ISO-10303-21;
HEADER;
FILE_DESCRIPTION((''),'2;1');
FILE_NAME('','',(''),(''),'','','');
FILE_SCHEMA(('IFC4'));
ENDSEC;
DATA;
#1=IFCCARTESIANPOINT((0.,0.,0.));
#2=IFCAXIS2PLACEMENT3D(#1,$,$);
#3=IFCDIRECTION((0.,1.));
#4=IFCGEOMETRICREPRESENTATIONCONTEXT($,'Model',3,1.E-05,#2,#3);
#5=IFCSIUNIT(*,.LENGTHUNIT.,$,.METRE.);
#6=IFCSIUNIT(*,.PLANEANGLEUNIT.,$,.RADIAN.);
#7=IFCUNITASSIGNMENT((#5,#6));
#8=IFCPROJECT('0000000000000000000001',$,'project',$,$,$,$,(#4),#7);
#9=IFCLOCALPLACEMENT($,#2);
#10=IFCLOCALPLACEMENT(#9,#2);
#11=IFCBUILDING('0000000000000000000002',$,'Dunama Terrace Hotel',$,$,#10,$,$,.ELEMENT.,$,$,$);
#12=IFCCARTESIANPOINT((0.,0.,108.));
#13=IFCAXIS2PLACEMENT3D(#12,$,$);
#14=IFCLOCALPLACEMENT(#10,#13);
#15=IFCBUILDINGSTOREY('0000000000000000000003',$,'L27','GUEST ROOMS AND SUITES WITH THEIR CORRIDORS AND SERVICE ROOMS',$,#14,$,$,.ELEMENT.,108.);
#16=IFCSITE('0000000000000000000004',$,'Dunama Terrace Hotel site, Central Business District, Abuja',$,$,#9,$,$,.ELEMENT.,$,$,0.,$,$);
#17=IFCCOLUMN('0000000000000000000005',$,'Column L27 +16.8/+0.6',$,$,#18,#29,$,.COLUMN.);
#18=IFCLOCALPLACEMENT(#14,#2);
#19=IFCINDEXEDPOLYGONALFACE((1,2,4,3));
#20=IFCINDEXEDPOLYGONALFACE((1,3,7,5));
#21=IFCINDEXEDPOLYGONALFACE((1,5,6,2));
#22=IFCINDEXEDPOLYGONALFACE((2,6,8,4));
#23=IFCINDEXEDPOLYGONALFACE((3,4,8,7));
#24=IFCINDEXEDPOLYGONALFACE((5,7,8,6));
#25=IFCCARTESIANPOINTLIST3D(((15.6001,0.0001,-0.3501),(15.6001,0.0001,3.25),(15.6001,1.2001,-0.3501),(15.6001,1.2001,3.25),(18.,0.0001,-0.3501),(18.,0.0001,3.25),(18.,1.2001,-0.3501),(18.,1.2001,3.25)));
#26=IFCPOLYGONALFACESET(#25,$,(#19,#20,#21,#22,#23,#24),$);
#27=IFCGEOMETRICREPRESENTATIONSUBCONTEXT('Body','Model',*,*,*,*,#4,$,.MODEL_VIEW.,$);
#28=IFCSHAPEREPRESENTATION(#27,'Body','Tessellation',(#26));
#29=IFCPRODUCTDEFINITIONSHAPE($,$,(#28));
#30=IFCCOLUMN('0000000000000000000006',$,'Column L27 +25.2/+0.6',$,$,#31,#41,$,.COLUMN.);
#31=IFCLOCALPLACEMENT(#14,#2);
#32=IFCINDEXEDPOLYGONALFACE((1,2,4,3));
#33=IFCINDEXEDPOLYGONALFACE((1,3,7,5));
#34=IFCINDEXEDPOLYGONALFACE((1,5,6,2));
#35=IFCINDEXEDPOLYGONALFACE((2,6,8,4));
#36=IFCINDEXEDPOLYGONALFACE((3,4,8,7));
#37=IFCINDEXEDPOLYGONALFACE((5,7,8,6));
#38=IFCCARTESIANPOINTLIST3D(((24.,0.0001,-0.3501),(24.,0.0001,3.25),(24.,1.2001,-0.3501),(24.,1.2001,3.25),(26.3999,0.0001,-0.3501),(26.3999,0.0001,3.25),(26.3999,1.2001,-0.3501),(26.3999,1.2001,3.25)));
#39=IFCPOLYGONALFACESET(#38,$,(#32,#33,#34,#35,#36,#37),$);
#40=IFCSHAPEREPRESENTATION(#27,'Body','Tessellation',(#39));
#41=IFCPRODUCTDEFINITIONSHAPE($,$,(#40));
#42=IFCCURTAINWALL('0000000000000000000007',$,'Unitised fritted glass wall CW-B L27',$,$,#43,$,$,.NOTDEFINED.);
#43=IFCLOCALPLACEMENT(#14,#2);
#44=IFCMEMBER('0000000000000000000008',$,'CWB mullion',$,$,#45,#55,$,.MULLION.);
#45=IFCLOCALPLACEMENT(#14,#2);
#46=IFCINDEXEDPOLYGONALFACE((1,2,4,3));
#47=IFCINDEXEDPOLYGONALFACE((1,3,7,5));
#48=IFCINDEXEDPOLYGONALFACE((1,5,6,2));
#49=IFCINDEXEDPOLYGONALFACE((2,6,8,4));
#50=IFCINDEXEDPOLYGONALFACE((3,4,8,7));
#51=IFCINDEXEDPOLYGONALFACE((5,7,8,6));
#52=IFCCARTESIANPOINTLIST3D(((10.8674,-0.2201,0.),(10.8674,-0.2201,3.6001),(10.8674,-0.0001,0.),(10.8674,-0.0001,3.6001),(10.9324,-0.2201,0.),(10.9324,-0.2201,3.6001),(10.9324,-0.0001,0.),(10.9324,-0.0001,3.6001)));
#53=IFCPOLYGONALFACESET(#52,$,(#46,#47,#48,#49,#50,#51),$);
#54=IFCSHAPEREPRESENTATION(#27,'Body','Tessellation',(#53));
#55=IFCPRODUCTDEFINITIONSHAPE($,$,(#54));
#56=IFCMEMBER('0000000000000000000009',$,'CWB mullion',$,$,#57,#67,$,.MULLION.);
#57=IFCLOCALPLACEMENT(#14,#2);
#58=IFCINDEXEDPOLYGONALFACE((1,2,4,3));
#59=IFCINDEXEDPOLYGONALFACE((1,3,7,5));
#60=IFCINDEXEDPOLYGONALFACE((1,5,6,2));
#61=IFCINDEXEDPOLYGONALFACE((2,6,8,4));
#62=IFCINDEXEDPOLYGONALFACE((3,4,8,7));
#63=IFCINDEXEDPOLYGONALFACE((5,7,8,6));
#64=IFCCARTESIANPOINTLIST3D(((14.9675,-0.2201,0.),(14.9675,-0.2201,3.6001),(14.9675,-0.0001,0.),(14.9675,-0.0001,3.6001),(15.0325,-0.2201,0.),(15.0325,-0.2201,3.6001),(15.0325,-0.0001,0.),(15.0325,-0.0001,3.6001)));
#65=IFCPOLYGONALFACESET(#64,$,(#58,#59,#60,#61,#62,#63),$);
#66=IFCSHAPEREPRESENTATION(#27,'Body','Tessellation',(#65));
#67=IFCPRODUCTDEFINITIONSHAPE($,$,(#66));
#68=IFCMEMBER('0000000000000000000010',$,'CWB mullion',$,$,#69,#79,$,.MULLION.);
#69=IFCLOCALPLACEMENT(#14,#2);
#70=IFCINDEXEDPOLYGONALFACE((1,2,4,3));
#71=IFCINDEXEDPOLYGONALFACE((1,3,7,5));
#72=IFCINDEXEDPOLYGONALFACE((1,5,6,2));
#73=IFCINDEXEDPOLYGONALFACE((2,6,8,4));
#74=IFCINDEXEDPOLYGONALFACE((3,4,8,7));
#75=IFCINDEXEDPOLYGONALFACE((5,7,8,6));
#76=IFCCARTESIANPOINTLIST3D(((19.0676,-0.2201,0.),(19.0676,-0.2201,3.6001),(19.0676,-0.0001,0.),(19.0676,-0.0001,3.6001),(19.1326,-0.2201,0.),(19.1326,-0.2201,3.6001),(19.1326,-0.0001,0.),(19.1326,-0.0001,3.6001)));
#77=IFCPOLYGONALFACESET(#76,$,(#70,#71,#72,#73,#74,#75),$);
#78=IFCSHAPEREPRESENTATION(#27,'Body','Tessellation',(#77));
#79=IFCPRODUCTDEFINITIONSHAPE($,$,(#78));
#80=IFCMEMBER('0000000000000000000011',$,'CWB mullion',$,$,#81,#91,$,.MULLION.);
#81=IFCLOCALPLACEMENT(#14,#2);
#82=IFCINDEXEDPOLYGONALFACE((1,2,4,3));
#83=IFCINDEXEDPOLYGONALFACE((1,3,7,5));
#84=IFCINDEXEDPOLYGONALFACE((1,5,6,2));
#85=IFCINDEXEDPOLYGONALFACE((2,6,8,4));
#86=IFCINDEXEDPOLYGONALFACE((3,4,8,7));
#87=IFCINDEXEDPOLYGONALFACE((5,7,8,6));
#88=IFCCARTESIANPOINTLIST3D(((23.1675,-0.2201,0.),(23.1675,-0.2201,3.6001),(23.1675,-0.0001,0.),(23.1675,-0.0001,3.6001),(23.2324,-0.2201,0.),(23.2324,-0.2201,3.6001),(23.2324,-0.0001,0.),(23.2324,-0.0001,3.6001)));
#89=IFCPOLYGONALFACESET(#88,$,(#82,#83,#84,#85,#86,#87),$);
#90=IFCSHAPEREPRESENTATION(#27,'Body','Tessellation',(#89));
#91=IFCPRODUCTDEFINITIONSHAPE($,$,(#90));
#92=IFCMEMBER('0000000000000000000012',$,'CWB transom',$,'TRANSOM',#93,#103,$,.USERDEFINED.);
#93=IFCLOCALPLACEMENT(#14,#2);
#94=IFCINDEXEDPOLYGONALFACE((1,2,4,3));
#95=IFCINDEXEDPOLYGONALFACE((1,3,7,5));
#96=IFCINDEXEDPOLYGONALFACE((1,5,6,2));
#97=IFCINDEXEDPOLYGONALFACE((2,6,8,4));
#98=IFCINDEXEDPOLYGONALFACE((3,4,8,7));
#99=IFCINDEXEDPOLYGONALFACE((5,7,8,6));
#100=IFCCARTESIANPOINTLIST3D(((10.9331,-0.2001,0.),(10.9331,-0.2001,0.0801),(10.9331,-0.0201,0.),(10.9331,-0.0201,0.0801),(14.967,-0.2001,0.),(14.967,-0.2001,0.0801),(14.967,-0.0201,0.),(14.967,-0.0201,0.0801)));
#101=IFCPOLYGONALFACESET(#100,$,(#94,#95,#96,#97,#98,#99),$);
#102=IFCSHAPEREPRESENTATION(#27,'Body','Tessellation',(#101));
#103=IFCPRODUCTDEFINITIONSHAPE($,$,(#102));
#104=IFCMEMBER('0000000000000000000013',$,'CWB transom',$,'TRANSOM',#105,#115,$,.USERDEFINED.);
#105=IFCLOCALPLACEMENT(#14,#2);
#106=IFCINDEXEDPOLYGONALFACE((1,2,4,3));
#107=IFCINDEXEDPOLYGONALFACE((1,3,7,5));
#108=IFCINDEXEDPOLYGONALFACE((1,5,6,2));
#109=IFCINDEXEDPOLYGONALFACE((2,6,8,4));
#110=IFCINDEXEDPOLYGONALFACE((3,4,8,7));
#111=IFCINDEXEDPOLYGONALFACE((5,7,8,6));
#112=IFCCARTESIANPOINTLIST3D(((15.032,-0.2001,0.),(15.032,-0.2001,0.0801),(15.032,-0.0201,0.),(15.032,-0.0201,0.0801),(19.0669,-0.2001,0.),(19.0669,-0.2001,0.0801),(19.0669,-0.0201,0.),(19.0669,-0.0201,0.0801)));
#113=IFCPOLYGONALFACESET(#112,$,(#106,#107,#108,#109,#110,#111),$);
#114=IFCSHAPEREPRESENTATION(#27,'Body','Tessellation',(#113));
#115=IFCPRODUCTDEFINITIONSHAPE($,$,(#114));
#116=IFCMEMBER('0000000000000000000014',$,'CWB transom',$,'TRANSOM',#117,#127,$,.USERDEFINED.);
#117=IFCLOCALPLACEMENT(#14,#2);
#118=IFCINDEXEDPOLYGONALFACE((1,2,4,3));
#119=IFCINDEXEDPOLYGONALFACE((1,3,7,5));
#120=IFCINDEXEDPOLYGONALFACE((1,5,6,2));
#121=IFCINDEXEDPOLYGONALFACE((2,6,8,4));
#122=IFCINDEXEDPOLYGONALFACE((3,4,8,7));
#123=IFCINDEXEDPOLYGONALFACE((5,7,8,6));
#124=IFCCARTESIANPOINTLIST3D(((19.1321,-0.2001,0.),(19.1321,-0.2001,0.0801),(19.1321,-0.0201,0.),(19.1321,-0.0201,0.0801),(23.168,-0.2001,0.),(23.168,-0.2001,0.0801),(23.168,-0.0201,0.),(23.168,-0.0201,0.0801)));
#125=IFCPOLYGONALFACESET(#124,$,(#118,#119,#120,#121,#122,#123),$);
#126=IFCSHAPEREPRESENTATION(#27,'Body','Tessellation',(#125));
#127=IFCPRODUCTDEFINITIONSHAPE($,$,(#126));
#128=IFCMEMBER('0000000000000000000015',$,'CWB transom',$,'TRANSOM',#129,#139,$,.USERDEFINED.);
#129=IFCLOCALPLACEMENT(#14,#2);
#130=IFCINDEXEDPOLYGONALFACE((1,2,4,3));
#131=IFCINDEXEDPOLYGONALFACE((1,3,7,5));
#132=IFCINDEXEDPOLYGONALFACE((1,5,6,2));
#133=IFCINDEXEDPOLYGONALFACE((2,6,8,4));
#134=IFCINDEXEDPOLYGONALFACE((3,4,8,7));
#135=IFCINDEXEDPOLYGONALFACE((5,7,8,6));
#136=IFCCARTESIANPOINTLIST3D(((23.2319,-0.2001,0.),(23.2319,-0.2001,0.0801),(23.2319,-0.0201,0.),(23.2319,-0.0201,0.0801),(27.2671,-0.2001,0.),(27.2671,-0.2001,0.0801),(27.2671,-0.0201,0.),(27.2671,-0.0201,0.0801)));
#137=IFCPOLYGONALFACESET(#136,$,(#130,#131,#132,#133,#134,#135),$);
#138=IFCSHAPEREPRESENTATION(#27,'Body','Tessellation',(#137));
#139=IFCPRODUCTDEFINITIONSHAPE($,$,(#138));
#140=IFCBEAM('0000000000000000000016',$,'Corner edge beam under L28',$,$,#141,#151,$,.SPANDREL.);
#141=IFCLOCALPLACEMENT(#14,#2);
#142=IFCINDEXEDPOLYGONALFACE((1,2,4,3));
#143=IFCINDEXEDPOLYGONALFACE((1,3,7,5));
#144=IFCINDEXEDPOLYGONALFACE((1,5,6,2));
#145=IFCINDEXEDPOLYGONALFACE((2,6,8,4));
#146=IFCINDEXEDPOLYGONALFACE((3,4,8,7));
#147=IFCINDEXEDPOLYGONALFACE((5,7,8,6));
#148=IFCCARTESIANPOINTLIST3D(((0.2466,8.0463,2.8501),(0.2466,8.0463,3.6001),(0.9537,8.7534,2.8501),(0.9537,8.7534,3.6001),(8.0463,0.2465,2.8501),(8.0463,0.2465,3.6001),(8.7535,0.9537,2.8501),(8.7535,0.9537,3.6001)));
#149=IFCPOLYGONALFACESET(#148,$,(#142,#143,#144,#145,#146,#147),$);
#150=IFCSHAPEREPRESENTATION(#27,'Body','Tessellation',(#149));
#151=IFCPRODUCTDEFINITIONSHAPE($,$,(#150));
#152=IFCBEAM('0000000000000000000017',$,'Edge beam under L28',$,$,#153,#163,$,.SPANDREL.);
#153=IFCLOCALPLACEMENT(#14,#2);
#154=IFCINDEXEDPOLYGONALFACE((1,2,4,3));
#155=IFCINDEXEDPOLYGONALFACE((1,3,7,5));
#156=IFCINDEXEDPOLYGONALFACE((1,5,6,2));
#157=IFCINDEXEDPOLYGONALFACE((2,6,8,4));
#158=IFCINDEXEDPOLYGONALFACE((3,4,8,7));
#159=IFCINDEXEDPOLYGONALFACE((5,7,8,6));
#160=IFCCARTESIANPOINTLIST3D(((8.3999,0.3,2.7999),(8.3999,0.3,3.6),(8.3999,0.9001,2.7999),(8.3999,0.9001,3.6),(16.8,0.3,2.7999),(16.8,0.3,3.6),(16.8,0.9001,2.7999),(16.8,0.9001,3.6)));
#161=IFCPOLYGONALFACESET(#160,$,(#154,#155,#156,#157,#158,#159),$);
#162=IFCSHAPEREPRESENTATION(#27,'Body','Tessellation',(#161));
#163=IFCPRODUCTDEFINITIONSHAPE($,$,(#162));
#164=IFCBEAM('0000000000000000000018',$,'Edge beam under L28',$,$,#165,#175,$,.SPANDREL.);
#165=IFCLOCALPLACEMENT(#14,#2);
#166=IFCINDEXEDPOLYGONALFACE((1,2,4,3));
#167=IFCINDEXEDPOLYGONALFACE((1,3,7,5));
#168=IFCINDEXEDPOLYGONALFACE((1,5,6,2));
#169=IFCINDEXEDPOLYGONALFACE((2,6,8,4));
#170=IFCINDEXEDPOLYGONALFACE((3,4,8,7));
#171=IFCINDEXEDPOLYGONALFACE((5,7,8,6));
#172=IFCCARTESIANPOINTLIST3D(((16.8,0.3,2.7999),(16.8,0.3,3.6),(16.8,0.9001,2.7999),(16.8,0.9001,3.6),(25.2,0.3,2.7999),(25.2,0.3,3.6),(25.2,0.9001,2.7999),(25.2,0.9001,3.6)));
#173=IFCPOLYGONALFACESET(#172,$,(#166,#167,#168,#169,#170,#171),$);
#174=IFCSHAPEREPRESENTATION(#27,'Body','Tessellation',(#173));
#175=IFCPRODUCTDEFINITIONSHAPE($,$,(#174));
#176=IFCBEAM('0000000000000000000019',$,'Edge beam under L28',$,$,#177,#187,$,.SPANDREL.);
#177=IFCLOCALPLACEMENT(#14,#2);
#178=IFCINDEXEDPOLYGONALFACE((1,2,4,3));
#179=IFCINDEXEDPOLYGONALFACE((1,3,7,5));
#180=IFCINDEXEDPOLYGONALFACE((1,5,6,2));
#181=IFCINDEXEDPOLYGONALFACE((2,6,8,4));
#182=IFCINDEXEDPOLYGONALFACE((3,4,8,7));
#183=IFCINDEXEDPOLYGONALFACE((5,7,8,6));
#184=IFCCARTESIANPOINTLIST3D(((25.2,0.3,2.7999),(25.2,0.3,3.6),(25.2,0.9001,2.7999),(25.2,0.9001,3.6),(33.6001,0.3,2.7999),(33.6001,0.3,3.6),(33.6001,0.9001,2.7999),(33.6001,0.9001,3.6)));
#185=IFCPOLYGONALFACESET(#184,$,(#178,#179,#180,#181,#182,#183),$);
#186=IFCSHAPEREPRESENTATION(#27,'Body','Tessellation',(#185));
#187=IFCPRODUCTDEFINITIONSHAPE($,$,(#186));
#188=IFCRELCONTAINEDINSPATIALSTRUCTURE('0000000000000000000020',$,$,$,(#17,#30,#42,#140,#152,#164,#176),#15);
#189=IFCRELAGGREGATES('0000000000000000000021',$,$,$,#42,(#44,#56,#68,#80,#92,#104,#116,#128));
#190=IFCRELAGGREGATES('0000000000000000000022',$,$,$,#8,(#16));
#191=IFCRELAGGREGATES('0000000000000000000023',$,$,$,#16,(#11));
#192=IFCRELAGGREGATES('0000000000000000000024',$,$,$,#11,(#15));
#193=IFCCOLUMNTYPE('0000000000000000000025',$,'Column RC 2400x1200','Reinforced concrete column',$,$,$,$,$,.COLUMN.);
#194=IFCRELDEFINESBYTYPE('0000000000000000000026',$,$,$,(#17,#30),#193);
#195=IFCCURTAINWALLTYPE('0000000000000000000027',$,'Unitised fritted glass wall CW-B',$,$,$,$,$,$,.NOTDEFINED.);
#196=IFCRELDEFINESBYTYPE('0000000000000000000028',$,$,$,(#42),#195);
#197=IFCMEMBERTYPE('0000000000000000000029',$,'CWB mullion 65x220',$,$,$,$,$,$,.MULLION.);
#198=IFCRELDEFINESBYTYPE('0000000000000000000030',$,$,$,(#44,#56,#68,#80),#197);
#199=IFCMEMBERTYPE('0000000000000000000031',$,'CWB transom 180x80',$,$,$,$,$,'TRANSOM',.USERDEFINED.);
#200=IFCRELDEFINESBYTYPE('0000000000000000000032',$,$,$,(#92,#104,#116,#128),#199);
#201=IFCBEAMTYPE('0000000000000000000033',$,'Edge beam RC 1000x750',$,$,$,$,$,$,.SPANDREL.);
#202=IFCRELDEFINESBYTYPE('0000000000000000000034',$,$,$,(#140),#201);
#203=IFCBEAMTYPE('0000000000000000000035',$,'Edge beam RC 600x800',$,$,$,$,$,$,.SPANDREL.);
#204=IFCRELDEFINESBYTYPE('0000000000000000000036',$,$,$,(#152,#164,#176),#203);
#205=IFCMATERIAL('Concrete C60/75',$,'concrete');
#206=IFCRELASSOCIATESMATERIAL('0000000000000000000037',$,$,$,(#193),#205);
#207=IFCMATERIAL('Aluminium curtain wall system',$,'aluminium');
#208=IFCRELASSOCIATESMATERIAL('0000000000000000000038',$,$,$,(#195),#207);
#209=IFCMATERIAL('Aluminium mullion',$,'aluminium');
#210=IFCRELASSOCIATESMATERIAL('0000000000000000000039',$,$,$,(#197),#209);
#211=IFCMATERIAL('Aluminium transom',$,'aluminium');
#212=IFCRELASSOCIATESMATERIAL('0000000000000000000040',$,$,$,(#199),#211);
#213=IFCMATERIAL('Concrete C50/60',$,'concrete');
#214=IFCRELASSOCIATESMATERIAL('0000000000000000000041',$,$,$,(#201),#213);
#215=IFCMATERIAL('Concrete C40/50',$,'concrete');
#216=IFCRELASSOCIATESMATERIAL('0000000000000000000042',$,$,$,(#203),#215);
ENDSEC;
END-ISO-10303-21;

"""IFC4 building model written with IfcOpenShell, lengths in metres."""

from ifc_helpers import new_model, si_unit, direction, frame, origin, origin_2d, place, context, subcontext, project, spatial, rectangle, extrude, material, material_profile, profile_set, type_object, element, aggregate, save


model = new_model("IFC4")

# Units and contexts
model_context = context("Model", 3, precision=1e-05, world=origin(), true_north=direction((0.0, 1.0)))
body_context = subcontext(model_context, "Body", "Model", "MODEL_VIEW")
ifc_project = project(units=[si_unit("LENGTHUNIT", "METRE"), si_unit("PLANEANGLEUNIT", "RADIAN")], contexts=[model_context])

# Site, building, storey
site_placement = place(None, origin())
site = spatial("IfcSite", under=ifc_project, at=site_placement, Name="Dunama Terrace Hotel site, Central Business District, Abuja", CompositionType="ELEMENT", RefElevation=0.0)
building_placement = place(site_placement, origin())
building = spatial("IfcBuilding", under=site, at=building_placement, Name="Dunama Terrace Hotel", CompositionType="ELEMENT")
storey_placement = place(building_placement, frame((0.0, 0.0, 108.0)))
storey = spatial("IfcBuildingStorey", under=building, at=storey_placement, Name="L27", Description="GUEST ROOMS AND SUITES WITH THEIR CORRIDORS AND SERVICE ROOMS", CompositionType="ELEMENT", Elevation=108.0)

# Columns
ifc_material_1 = material(Name="Concrete C60/75", Category="concrete")
ifc_material_profile_1 = material_profile(ifc_material_1, rectangle(XDim=2.3999, YDim=1.2, at=origin_2d()), Name="RC 2400x1200")
ifc_profile_set_1 = profile_set([ifc_material_profile_1], Name="Concrete C60/75")
column_type = type_object("IfcColumnType", Name="Column RC 2400x1200", Description="Reinforced concrete column", PredefinedType="COLUMN", material=ifc_profile_set_1)
for number, where, z_axis, x_axis, name in (
    (1, (16.8, 0.6001, -0.3501), (0.0, 0.0, 1.0), (1.0, 0.0, 0.0), "Column L27 +16.8/+0.6"),
    (2, (25.2, 0.6001, -0.3501), (0.0, 0.0, 1.0), (1.0, 0.0, 0.0), "Column L27 +25.2/+0.6"),
):
    element("IfcColumn", number, at=place(storey_placement, frame(where, z_axis=z_axis, x_axis=x_axis)), inside=storey, type_object=column_type, Name=name, PredefinedType="COLUMN", context=body_context, shape_type="SweptSolid", body=[
        extrude(rectangle(XDim=2.3999, YDim=1.2, at=origin_2d()), origin(), (0.0, 0.0, 1.0), 3.6001),
    ])

# Curtain wall, members
ifc_material_2 = material(Name="Aluminium curtain wall system", Category="aluminium")
curtain_wall_type = type_object("IfcCurtainWallType", Name="Unitised fritted glass wall CW-B", PredefinedType="NOTDEFINED", material=ifc_material_2)
curtain_wall_placement = place(storey_placement, origin())
curtain_wall = element("IfcCurtainWall", 3, at=curtain_wall_placement, inside=storey, type_object=curtain_wall_type, Name="Unitised fritted glass wall CW-B L27", PredefinedType="NOTDEFINED")
ifc_material_3 = material(Name="Aluminium mullion", Category="aluminium")
ifc_material_profile_2 = material_profile(ifc_material_3, rectangle(XDim=0.0649, YDim=0.22, at=origin_2d()), Name="CWB MULLION 65X220")
ifc_profile_set_2 = profile_set([ifc_material_profile_2], Name="Aluminium mullion")
member_type_1 = type_object("IfcMemberType", Name="CWB mullion 65x220", PredefinedType="MULLION", material=ifc_profile_set_2)
member_1_placement = place(storey_placement, frame((10.8999, -0.1101, 0.0), z_axis=(0.0, 0.0, 1.0), x_axis=(1.0, 0.0, 0.0)))
member_1 = element("IfcMember", 4, at=member_1_placement, type_object=member_type_1, Name="CWB mullion", PredefinedType="MULLION", context=body_context, shape_type="SweptSolid", body=[
    extrude(rectangle(XDim=0.0649, YDim=0.22, at=origin_2d()), origin(), (0.0, 0.0, 1.0), 3.6001),
])
member_2_placement = place(storey_placement, frame((15.0, -0.1101, 0.0), z_axis=(0.0, 0.0, 1.0), x_axis=(1.0, 0.0, 0.0)))
member_2 = element("IfcMember", 5, at=member_2_placement, type_object=member_type_1, Name="CWB mullion", PredefinedType="MULLION", context=body_context, shape_type="SweptSolid", body=[
    extrude(rectangle(XDim=0.0649, YDim=0.22, at=origin_2d()), origin(), (0.0, 0.0, 1.0), 3.6001),
])
member_3_placement = place(storey_placement, frame((19.1001, -0.1101, 0.0), z_axis=(0.0, 0.0, 1.0), x_axis=(1.0, 0.0, 0.0)))
member_3 = element("IfcMember", 6, at=member_3_placement, type_object=member_type_1, Name="CWB mullion", PredefinedType="MULLION", context=body_context, shape_type="SweptSolid", body=[
    extrude(rectangle(XDim=0.0649, YDim=0.22, at=origin_2d()), origin(), (0.0, 0.0, 1.0), 3.6001),
])
member_4_placement = place(storey_placement, frame((23.2, -0.1101, 0.0), z_axis=(0.0, 0.0, 1.0), x_axis=(1.0, 0.0, 0.0)))
member_4 = element("IfcMember", 7, at=member_4_placement, type_object=member_type_1, Name="CWB mullion", PredefinedType="MULLION", context=body_context, shape_type="SweptSolid", body=[
    extrude(rectangle(XDim=0.0649, YDim=0.22, at=origin_2d()), origin(), (0.0, 0.0, 1.0), 3.6001),
])
ifc_material_4 = material(Name="Aluminium transom", Category="aluminium")
ifc_material_profile_3 = material_profile(ifc_material_4, rectangle(XDim=0.1799, YDim=0.0801, at=origin_2d()), Name="CWB TRANSOM 180X80")
ifc_profile_set_3 = profile_set([ifc_material_profile_3], Name="Aluminium transom")
member_type_2 = type_object("IfcMemberType", Name="CWB transom 180x80", ElementType="TRANSOM", PredefinedType="USERDEFINED", material=ifc_profile_set_3)
member_5_placement = place(storey_placement, frame((10.9331, -0.1101, 0.04), z_axis=(1.0, 0.0, 0.0), x_axis=(0.0, 1.0, 0.0)))
member_5 = element("IfcMember", 8, at=member_5_placement, type_object=member_type_2, Name="CWB transom", ObjectType="TRANSOM", PredefinedType="USERDEFINED", context=body_context, shape_type="SweptSolid", body=[
    extrude(rectangle(XDim=0.1799, YDim=0.0801, at=origin_2d()), origin(), (0.0, 0.0, 1.0), 4.0339),
])
member_6_placement = place(storey_placement, frame((15.032, -0.1101, 0.04), z_axis=(1.0, 0.0, 0.0), x_axis=(0.0, 1.0, 0.0)))
member_6 = element("IfcMember", 9, at=member_6_placement, type_object=member_type_2, Name="CWB transom", ObjectType="TRANSOM", PredefinedType="USERDEFINED", context=body_context, shape_type="SweptSolid", body=[
    extrude(rectangle(XDim=0.1799, YDim=0.0801, at=origin_2d()), origin(), (0.0, 0.0, 1.0), 4.0349),
])
member_7_placement = place(storey_placement, frame((19.1321, -0.1101, 0.04), z_axis=(1.0, 0.0, 0.0), x_axis=(0.0, 1.0, 0.0)))
member_7 = element("IfcMember", 10, at=member_7_placement, type_object=member_type_2, Name="CWB transom", ObjectType="TRANSOM", PredefinedType="USERDEFINED", context=body_context, shape_type="SweptSolid", body=[
    extrude(rectangle(XDim=0.1799, YDim=0.0801, at=origin_2d()), origin(), (0.0, 0.0, 1.0), 4.0359),
])
member_8_placement = place(storey_placement, frame((23.2319, -0.1101, 0.04), z_axis=(1.0, 0.0, 0.0), x_axis=(0.0, 1.0, 0.0)))
member_8 = element("IfcMember", 11, at=member_8_placement, type_object=member_type_2, Name="CWB transom", ObjectType="TRANSOM", PredefinedType="USERDEFINED", context=body_context, shape_type="SweptSolid", body=[
    extrude(rectangle(XDim=0.1799, YDim=0.0801, at=origin_2d()), origin(), (0.0, 0.0, 1.0), 4.0352),
])

# Beams
ifc_material_5 = material(Name="Concrete C50/60", Category="concrete")
ifc_material_profile_4 = material_profile(ifc_material_5, rectangle(XDim=1.0, YDim=0.75, at=origin_2d()), Name="RC 1000x750")
ifc_profile_set_4 = profile_set([ifc_material_profile_4], Name="Concrete C50/60")
beam_type_1 = type_object("IfcBeamType", Name="Edge beam RC 1000x750", PredefinedType="SPANDREL", material=ifc_profile_set_4)
beam_1_placement = place(storey_placement, frame((8.3999, 0.6001, 3.2251), z_axis=(-0.707107, 0.707107, 0.0), x_axis=(-0.707107, -0.707107, 0.0)))
element("IfcBeam", 12, at=beam_1_placement, inside=storey, type_object=beam_type_1, Name="Corner edge beam under L28", PredefinedType="SPANDREL", context=body_context, shape_type="SweptSolid", body=[
    extrude(rectangle(XDim=1.0, YDim=0.75, at=origin_2d()), origin(), (0.0, 0.0, 1.0), 11.0305),
])
ifc_material_6 = material(Name="Concrete C40/50", Category="concrete")
ifc_material_profile_5 = material_profile(ifc_material_6, rectangle(XDim=0.6001, YDim=0.8, at=origin_2d()), Name="RC 600x800")
ifc_profile_set_5 = profile_set([ifc_material_profile_5], Name="Concrete C40/50")
beam_type_2 = type_object("IfcBeamType", Name="Edge beam RC 600x800", PredefinedType="SPANDREL", material=ifc_profile_set_5)
beam_2_placement = place(storey_placement, frame((8.3999, 0.6001, 3.2), z_axis=(1.0, 0.0, 0.0), x_axis=(0.0, 1.0, 0.0)))
element("IfcBeam", 13, at=beam_2_placement, inside=storey, type_object=beam_type_2, Name="Edge beam under L28", PredefinedType="SPANDREL", context=body_context, shape_type="SweptSolid", body=[
    extrude(rectangle(XDim=0.6001, YDim=0.8, at=origin_2d()), origin(), (0.0, 0.0, 1.0), 8.4001),
])
beam_3_placement = place(storey_placement, frame((16.8, 0.6001, 3.2), z_axis=(1.0, 0.0, 0.0), x_axis=(0.0, 1.0, 0.0)))
element("IfcBeam", 14, at=beam_3_placement, inside=storey, type_object=beam_type_2, Name="Edge beam under L28", PredefinedType="SPANDREL", context=body_context, shape_type="SweptSolid", body=[
    extrude(rectangle(XDim=0.6001, YDim=0.8, at=origin_2d()), origin(), (0.0, 0.0, 1.0), 8.3999),
])
beam_4_placement = place(storey_placement, frame((25.2, 0.6001, 3.2), z_axis=(1.0, 0.0, 0.0), x_axis=(0.0, 1.0, 0.0)))
element("IfcBeam", 15, at=beam_4_placement, inside=storey, type_object=beam_type_2, Name="Edge beam under L28", PredefinedType="SPANDREL", context=body_context, shape_type="SweptSolid", body=[
    extrude(rectangle(XDim=0.6001, YDim=0.8, at=origin_2d()), origin(), (0.0, 0.0, 1.0), 8.4001),
])

aggregate(curtain_wall, [member_1, member_2, member_3, member_4, member_5, member_6, member_7, member_8])

save(model, "model.ifc")
